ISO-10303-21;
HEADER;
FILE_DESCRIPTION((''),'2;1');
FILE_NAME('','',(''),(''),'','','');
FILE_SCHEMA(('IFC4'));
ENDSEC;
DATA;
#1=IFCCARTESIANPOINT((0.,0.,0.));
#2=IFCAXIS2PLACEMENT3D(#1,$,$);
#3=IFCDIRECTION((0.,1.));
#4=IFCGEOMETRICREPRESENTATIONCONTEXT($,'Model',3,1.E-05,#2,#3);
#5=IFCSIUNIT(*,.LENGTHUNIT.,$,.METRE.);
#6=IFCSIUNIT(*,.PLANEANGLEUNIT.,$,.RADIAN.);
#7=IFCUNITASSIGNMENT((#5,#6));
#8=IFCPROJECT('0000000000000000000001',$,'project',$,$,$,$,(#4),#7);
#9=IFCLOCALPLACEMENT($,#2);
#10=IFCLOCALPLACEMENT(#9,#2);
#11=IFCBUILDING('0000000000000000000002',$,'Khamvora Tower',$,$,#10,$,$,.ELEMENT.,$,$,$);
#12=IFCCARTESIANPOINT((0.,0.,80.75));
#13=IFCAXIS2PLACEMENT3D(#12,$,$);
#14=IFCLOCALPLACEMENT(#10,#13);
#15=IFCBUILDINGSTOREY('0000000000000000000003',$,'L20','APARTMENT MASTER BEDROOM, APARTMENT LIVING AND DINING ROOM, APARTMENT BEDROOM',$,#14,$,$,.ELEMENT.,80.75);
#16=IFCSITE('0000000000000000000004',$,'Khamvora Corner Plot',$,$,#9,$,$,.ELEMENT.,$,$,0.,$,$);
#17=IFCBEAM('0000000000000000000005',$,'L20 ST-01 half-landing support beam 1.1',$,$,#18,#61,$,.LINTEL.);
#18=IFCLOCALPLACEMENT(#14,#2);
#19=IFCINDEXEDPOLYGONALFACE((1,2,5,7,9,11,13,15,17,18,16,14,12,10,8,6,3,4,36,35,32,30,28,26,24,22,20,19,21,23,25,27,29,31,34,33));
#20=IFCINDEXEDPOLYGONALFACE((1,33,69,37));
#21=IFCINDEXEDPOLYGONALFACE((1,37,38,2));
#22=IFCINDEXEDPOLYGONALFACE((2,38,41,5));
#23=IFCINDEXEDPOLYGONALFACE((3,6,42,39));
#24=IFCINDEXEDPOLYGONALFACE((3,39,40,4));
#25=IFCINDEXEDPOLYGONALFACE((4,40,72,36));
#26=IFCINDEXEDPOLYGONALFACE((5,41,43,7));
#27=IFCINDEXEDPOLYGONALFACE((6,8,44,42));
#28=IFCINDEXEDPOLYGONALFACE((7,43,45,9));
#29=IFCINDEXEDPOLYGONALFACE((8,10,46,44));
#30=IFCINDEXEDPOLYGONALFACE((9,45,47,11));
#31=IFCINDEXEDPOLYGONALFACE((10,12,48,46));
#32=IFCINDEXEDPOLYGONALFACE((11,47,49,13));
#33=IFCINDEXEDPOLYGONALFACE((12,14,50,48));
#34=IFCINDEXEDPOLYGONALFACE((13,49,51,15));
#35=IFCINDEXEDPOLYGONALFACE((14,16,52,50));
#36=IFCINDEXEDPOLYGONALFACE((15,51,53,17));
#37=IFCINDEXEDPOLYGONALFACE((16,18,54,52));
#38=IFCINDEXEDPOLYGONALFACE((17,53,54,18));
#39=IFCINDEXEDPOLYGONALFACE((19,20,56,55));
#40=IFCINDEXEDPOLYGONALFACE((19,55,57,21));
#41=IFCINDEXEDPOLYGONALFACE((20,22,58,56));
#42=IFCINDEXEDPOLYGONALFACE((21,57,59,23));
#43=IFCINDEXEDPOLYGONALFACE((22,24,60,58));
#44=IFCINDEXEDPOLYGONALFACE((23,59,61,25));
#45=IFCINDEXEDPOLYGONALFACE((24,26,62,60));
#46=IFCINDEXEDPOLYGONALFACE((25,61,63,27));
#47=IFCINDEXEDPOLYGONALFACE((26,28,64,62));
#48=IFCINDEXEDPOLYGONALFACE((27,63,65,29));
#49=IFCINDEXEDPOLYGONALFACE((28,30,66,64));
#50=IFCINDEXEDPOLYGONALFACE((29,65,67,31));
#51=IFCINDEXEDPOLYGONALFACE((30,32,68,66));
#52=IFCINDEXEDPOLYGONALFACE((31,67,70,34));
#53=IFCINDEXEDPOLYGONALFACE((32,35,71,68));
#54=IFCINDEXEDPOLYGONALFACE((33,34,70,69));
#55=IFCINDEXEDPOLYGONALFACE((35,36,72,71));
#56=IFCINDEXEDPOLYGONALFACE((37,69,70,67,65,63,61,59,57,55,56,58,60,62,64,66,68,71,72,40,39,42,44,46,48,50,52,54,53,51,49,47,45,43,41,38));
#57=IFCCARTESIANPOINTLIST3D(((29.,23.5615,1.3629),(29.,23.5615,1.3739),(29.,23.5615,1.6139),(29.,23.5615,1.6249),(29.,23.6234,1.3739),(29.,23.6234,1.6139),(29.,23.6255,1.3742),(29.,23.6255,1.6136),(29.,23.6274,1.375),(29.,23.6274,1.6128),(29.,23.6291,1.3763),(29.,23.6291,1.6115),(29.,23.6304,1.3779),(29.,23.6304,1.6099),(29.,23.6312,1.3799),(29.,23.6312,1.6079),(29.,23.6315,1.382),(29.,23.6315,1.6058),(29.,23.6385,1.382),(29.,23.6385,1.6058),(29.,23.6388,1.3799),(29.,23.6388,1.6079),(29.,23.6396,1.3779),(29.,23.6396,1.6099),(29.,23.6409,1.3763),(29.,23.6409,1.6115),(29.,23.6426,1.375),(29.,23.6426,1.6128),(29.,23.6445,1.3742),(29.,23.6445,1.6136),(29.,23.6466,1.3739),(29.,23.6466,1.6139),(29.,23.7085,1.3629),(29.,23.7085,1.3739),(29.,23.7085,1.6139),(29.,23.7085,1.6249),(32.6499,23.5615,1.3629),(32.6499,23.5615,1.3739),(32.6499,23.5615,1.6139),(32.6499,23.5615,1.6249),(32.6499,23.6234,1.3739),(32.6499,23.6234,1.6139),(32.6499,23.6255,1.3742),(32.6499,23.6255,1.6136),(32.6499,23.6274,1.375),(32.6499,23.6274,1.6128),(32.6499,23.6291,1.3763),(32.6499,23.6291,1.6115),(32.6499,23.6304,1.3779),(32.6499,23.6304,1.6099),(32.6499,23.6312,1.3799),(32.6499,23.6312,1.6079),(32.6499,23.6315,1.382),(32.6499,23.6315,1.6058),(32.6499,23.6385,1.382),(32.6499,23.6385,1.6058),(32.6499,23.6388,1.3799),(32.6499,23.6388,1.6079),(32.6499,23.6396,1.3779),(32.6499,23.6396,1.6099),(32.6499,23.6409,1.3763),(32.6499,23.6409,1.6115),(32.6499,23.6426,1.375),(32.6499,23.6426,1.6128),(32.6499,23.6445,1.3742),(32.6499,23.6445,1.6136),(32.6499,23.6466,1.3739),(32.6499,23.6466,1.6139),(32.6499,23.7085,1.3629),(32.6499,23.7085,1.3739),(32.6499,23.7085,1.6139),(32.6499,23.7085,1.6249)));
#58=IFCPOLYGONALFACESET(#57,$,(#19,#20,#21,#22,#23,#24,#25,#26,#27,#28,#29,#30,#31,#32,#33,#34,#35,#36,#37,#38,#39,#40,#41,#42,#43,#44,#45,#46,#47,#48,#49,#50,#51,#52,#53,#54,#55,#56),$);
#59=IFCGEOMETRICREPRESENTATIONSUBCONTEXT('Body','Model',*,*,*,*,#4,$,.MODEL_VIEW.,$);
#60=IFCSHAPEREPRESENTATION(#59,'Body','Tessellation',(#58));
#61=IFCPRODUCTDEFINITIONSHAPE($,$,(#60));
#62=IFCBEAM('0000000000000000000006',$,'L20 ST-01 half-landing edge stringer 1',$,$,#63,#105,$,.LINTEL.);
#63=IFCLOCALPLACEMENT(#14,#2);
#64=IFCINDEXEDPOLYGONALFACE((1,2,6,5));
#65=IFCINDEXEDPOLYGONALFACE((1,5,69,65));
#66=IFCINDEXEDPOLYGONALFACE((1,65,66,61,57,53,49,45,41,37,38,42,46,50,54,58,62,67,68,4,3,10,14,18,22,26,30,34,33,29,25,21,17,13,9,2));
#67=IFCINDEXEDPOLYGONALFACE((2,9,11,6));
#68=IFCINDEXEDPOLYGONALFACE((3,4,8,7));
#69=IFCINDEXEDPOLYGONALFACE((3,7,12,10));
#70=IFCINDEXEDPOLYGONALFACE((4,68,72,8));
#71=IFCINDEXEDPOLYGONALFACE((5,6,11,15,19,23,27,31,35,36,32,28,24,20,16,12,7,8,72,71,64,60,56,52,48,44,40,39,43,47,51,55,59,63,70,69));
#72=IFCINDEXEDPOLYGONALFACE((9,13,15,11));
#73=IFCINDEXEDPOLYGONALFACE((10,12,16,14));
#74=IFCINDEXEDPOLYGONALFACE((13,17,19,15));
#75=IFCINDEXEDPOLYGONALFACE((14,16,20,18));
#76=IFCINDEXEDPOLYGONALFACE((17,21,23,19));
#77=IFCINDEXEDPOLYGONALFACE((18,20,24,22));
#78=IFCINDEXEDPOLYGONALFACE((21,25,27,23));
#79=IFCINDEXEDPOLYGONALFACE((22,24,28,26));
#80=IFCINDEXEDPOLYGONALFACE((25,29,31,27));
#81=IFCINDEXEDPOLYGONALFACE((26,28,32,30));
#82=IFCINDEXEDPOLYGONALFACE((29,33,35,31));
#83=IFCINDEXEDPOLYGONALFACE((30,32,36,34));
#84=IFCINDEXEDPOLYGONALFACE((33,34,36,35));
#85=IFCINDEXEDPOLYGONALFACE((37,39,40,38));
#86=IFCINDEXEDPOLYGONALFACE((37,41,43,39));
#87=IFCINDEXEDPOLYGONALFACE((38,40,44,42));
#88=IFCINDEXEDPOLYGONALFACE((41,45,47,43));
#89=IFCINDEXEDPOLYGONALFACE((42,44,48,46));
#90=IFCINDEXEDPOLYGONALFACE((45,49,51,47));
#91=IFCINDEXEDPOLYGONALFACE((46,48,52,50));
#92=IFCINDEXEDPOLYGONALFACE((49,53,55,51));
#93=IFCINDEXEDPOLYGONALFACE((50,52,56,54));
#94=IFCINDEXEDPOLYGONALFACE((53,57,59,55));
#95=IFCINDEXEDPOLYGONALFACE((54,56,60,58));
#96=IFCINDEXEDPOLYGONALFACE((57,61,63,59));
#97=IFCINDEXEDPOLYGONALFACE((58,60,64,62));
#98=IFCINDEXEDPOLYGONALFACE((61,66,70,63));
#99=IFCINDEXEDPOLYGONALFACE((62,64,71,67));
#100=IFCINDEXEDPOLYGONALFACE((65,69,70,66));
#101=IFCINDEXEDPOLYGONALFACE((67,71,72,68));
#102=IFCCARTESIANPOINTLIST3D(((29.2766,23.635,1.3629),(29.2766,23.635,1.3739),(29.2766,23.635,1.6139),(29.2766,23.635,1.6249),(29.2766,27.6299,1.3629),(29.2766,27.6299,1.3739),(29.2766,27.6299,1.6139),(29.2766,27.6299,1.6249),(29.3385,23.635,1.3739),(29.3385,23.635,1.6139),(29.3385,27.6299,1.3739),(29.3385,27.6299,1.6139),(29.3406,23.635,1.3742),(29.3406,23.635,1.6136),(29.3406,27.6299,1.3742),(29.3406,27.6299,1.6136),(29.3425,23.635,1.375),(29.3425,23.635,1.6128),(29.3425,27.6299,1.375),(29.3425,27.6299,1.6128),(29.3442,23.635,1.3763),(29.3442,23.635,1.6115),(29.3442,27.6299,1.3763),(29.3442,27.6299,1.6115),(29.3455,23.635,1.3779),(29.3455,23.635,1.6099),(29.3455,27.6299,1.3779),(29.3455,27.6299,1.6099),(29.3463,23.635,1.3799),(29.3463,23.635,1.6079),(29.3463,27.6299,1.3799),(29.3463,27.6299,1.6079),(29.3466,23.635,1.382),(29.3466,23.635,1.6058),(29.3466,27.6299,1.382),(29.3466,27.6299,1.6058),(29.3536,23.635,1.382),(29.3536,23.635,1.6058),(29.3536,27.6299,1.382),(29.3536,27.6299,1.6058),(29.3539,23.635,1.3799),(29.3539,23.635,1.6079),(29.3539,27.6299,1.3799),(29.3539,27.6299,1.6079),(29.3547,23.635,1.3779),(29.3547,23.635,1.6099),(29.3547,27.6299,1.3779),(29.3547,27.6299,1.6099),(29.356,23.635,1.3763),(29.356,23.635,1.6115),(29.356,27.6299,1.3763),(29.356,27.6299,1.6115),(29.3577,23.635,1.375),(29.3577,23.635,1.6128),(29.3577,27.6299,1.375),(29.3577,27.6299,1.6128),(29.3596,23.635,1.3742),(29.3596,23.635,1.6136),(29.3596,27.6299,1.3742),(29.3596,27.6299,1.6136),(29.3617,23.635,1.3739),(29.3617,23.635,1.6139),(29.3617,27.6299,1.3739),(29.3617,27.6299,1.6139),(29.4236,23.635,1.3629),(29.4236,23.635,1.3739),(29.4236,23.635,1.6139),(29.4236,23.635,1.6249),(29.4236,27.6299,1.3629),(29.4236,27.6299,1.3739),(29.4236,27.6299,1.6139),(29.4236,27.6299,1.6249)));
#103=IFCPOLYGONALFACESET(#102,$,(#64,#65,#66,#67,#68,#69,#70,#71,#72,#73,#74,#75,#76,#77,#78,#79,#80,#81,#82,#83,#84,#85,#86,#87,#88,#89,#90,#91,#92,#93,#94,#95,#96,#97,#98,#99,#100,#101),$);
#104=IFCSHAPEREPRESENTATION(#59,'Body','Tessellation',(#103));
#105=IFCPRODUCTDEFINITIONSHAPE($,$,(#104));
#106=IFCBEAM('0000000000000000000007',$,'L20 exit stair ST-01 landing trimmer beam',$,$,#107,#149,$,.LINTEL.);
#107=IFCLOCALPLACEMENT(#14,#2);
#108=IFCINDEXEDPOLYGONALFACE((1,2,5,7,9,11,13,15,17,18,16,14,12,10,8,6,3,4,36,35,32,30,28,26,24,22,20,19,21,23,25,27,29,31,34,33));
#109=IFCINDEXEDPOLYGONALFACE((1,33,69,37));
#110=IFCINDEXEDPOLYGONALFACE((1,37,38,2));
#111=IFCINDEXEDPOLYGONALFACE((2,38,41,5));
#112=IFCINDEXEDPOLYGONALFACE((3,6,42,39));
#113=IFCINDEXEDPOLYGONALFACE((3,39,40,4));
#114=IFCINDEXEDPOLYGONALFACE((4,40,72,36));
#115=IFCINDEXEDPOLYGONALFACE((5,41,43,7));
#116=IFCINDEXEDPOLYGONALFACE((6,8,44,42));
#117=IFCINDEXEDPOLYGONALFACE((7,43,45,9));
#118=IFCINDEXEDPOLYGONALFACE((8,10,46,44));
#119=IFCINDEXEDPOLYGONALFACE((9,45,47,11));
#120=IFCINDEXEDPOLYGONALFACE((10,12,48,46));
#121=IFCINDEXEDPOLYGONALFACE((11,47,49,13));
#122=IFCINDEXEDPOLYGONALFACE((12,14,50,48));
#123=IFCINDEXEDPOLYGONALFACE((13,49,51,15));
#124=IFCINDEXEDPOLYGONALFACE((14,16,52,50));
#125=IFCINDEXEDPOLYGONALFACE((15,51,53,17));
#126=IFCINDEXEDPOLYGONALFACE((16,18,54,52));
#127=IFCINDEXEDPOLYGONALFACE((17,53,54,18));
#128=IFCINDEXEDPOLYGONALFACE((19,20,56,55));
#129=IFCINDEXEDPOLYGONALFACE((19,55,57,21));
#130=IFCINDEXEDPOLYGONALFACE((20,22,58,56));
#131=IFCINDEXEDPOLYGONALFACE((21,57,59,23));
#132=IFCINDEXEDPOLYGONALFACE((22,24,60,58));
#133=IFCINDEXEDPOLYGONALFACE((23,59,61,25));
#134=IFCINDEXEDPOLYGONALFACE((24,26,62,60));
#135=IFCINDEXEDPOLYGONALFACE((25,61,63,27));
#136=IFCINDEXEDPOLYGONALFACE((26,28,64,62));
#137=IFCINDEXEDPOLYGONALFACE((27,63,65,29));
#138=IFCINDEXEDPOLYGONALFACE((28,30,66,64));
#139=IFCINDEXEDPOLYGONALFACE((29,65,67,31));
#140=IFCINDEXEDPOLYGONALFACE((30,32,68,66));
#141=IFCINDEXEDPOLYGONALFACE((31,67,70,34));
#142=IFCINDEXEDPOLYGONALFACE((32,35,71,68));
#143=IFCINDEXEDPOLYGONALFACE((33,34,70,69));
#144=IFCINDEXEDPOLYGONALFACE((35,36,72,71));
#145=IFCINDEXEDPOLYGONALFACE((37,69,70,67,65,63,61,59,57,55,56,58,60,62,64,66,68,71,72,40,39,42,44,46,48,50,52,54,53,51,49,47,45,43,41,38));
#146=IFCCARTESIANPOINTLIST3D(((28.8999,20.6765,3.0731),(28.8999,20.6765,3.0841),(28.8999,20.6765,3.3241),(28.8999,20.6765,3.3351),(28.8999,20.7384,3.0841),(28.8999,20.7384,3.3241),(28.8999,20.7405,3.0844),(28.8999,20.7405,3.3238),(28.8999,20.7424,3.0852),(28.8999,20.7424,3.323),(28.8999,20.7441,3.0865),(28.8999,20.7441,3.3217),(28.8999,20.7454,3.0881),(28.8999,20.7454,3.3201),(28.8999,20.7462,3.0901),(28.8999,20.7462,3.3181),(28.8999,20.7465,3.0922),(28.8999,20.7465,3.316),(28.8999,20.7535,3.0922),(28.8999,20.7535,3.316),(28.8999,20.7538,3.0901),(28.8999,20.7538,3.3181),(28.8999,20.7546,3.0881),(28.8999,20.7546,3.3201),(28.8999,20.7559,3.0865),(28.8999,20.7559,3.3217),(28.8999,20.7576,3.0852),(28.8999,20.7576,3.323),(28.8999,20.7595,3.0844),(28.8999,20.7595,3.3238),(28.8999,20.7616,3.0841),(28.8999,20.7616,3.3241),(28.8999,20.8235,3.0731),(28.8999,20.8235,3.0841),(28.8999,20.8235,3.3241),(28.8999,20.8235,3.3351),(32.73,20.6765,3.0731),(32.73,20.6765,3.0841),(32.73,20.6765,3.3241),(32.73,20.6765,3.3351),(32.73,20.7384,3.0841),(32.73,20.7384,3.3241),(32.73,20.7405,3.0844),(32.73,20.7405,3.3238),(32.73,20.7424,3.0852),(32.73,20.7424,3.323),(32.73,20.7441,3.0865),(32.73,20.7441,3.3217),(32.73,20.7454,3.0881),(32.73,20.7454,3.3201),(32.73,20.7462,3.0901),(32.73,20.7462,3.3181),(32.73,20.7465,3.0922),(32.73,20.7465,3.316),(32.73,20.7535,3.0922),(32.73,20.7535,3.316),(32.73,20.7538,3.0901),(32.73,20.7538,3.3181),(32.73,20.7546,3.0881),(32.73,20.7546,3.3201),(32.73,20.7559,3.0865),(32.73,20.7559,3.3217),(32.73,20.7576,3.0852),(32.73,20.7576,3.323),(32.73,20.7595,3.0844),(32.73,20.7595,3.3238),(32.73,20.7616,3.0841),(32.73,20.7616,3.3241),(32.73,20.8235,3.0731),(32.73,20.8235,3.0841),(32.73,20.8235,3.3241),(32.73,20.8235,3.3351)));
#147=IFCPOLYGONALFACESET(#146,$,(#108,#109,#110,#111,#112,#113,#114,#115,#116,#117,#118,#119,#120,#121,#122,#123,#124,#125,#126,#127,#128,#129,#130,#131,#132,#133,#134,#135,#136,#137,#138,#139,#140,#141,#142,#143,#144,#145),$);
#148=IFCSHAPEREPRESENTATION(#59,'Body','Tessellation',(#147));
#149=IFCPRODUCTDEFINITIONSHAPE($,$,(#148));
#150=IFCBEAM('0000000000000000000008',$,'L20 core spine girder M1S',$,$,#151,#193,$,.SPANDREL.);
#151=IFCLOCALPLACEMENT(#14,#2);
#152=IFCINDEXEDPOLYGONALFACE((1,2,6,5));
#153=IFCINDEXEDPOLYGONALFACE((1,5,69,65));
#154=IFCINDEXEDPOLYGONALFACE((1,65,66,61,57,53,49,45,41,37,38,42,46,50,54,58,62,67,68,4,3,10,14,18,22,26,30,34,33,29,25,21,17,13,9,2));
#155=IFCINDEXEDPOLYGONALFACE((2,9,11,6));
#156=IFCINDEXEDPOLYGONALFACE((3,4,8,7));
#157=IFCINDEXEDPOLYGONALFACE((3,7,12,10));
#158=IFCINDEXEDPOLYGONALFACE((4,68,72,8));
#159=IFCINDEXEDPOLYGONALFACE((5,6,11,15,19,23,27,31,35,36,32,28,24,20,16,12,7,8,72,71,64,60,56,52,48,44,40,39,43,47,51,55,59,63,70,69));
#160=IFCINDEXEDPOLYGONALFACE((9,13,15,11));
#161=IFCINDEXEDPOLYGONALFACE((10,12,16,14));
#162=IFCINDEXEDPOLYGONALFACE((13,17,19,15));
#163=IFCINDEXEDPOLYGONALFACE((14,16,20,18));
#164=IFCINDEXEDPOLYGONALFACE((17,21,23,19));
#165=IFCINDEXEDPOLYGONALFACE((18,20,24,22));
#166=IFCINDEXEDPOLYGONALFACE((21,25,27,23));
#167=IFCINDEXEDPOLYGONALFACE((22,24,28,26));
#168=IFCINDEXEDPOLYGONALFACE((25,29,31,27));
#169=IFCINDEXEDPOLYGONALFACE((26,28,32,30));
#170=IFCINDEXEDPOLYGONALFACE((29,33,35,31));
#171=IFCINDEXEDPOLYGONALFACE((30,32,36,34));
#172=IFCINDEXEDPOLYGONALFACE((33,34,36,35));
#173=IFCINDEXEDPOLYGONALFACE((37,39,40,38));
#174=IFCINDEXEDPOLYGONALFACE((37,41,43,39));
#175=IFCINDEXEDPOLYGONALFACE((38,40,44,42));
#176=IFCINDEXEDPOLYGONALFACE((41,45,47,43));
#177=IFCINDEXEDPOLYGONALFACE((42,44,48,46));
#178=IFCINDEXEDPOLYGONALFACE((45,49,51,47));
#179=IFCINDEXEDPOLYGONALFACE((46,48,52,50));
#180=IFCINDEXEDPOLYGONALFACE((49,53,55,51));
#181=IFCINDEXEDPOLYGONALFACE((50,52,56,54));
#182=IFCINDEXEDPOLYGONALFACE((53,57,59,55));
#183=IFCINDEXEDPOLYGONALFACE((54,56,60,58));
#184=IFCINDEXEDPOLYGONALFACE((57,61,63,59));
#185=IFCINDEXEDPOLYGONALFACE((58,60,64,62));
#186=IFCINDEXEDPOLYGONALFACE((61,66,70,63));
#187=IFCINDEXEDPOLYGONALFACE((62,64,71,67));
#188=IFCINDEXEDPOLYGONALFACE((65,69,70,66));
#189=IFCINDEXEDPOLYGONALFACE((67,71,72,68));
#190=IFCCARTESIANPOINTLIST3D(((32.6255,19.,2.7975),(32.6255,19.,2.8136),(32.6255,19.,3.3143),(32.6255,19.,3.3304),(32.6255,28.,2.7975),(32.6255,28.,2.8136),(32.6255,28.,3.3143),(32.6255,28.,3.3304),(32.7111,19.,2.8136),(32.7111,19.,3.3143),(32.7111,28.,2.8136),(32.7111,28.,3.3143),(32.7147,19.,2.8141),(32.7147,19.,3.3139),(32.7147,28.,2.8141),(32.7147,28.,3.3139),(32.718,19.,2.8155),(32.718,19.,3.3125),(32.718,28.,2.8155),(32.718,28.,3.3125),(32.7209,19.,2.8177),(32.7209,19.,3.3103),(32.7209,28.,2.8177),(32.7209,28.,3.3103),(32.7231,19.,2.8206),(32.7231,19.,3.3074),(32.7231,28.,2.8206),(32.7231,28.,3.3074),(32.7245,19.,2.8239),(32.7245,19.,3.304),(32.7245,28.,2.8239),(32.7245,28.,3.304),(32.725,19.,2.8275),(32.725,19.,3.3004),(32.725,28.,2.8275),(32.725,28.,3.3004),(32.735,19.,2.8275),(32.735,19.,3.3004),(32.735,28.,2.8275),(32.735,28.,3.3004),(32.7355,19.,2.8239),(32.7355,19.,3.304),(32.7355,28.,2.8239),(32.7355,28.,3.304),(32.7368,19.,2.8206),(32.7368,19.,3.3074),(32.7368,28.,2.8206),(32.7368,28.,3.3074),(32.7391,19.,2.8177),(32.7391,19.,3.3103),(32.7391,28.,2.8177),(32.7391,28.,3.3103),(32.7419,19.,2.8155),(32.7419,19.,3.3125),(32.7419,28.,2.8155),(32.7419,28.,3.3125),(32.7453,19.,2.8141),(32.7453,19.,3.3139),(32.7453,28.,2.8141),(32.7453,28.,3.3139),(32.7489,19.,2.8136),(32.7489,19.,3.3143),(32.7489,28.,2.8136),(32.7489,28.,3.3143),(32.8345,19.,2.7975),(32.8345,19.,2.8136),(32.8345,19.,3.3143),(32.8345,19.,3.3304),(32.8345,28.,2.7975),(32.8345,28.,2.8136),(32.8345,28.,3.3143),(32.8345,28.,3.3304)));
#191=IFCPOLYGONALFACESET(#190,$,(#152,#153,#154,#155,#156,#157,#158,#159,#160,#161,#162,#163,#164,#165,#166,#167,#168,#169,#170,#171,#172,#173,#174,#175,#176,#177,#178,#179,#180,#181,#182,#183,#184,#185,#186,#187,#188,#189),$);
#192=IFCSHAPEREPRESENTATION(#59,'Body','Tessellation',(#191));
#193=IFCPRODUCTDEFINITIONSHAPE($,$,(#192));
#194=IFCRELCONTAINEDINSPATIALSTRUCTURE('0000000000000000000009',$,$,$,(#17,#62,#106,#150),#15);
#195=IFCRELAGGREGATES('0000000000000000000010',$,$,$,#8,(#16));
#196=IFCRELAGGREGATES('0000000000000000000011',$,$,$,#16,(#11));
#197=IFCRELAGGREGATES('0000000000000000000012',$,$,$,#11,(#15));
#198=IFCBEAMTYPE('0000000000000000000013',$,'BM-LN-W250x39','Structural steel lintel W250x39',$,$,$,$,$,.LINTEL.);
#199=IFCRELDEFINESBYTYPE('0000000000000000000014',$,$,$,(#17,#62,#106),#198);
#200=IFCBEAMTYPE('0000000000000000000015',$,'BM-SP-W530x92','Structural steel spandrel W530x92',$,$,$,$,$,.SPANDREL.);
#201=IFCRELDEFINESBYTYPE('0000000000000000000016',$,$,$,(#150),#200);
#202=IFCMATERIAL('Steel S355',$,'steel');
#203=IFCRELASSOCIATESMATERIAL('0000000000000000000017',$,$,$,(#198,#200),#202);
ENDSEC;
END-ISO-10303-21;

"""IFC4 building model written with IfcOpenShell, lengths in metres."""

from ifc_helpers import new_model, si_unit, direction, frame, origin, origin_2d, place, context, subcontext, project, spatial, i_section, extrude, material, material_profile, profile_set, type_object, element, save


model = new_model("IFC4")

# Units and contexts
model_context = context("Model", 3, precision=1e-05, world=origin(), true_north=direction((0.0, 1.0)))
body_context = subcontext(model_context, "Body", "Model", "MODEL_VIEW")
ifc_project = project(units=[si_unit("LENGTHUNIT", "METRE"), si_unit("PLANEANGLEUNIT", "RADIAN")], contexts=[model_context])

# Site, building, storey
site_placement = place(None, origin())
site = spatial("IfcSite", under=ifc_project, at=site_placement, Name="Khamvora Corner Plot", CompositionType="ELEMENT", RefElevation=0.0)
building_placement = place(site_placement, origin())
building = spatial("IfcBuilding", under=site, at=building_placement, Name="Khamvora Tower", CompositionType="ELEMENT")
storey_placement = place(building_placement, frame((0.0, 0.0, 80.75)))
storey = spatial("IfcBuildingStorey", under=building, at=storey_placement, Name="L20", Description="APARTMENT MASTER BEDROOM, APARTMENT LIVING AND DINING ROOM, APARTMENT BEDROOM", CompositionType="ELEMENT", Elevation=80.75)

# Beams
ifc_material_1 = material(Name="Steel S355", Category="steel")
ifc_material_profile_1 = material_profile(ifc_material_1, i_section(OverallWidth=0.147, OverallDepth=0.262, WebThickness=0.0071, FlangeThickness=0.011, FilletRadius=0.0081, at=origin_2d()), Name="W250x39")
ifc_profile_set_1 = profile_set([ifc_material_profile_1], Name="Steel S355")
beam_type_1 = type_object("IfcBeamType", Name="BM-LN-W250x39", Description="Structural steel lintel W250x39", PredefinedType="LINTEL", material=ifc_profile_set_1)
beam_1_placement = place(storey_placement, frame((29.0, 23.635, 1.4939), z_axis=(1.0, 0.0, 0.0), x_axis=(0.0, 1.0, 0.0)))
element("IfcBeam", 1, at=beam_1_placement, inside=storey, type_object=beam_type_1, Name="L20 ST-01 half-landing support beam 1.1", PredefinedType="LINTEL", context=body_context, shape_type="SweptSolid", body=[
    extrude(i_section(OverallWidth=0.147, OverallDepth=0.262, WebThickness=0.0071, FlangeThickness=0.011, FilletRadius=0.0081, at=origin_2d()), origin(), (0.0, 0.0, 1.0), 3.6499),
])
beam_2_placement = place(storey_placement, frame((29.3501, 23.635, 1.4939), z_axis=(0.0, 1.0, 0.0), x_axis=(-1.0, 0.0, 0.0)))
element("IfcBeam", 2, at=beam_2_placement, inside=storey, type_object=beam_type_1, Name="L20 ST-01 half-landing edge stringer 1", PredefinedType="LINTEL", context=body_context, shape_type="SweptSolid", body=[
    extrude(i_section(OverallWidth=0.147, OverallDepth=0.262, WebThickness=0.0071, FlangeThickness=0.011, FilletRadius=0.0081, at=origin_2d()), origin(), (0.0, 0.0, 1.0), 3.9949),
])
beam_3_placement = place(storey_placement, frame((28.8999, 20.75, 3.2041), z_axis=(1.0, 0.0, 0.0), x_axis=(0.0, 1.0, 0.0)))
element("IfcBeam", 3, at=beam_3_placement, inside=storey, type_object=beam_type_1, Name="L20 exit stair ST-01 landing trimmer beam", PredefinedType="LINTEL", context=body_context, shape_type="SweptSolid", body=[
    extrude(i_section(OverallWidth=0.147, OverallDepth=0.262, WebThickness=0.0071, FlangeThickness=0.011, FilletRadius=0.0081, at=origin_2d()), origin(), (0.0, 0.0, 1.0), 3.8301),
])
ifc_material_profile_2 = material_profile(ifc_material_1, i_section(OverallWidth=0.209, OverallDepth=0.533, WebThickness=0.01, FlangeThickness=0.0161, FilletRadius=0.0139, at=origin_2d()), Name="W530x92")
ifc_profile_set_2 = profile_set([ifc_material_profile_2], Name="Steel S355")
beam_type_2 = type_object("IfcBeamType", Name="BM-SP-W530x92", Description="Structural steel spandrel W530x92", PredefinedType="SPANDREL", material=ifc_profile_set_2)
beam_4_placement = place(storey_placement, frame((32.73, 19.0, 3.064), z_axis=(0.0, 1.0, 0.0), x_axis=(-1.0, 0.0, 0.0)))
element("IfcBeam", 4, at=beam_4_placement, inside=storey, type_object=beam_type_2, Name="L20 core spine girder M1S", PredefinedType="SPANDREL", context=body_context, shape_type="SweptSolid", body=[
    extrude(i_section(OverallWidth=0.209, OverallDepth=0.533, WebThickness=0.01, FlangeThickness=0.0161, FilletRadius=0.0139, at=origin_2d()), origin(), (0.0, 0.0, 1.0), 9.0),
])

save(model, "model.ifc")
